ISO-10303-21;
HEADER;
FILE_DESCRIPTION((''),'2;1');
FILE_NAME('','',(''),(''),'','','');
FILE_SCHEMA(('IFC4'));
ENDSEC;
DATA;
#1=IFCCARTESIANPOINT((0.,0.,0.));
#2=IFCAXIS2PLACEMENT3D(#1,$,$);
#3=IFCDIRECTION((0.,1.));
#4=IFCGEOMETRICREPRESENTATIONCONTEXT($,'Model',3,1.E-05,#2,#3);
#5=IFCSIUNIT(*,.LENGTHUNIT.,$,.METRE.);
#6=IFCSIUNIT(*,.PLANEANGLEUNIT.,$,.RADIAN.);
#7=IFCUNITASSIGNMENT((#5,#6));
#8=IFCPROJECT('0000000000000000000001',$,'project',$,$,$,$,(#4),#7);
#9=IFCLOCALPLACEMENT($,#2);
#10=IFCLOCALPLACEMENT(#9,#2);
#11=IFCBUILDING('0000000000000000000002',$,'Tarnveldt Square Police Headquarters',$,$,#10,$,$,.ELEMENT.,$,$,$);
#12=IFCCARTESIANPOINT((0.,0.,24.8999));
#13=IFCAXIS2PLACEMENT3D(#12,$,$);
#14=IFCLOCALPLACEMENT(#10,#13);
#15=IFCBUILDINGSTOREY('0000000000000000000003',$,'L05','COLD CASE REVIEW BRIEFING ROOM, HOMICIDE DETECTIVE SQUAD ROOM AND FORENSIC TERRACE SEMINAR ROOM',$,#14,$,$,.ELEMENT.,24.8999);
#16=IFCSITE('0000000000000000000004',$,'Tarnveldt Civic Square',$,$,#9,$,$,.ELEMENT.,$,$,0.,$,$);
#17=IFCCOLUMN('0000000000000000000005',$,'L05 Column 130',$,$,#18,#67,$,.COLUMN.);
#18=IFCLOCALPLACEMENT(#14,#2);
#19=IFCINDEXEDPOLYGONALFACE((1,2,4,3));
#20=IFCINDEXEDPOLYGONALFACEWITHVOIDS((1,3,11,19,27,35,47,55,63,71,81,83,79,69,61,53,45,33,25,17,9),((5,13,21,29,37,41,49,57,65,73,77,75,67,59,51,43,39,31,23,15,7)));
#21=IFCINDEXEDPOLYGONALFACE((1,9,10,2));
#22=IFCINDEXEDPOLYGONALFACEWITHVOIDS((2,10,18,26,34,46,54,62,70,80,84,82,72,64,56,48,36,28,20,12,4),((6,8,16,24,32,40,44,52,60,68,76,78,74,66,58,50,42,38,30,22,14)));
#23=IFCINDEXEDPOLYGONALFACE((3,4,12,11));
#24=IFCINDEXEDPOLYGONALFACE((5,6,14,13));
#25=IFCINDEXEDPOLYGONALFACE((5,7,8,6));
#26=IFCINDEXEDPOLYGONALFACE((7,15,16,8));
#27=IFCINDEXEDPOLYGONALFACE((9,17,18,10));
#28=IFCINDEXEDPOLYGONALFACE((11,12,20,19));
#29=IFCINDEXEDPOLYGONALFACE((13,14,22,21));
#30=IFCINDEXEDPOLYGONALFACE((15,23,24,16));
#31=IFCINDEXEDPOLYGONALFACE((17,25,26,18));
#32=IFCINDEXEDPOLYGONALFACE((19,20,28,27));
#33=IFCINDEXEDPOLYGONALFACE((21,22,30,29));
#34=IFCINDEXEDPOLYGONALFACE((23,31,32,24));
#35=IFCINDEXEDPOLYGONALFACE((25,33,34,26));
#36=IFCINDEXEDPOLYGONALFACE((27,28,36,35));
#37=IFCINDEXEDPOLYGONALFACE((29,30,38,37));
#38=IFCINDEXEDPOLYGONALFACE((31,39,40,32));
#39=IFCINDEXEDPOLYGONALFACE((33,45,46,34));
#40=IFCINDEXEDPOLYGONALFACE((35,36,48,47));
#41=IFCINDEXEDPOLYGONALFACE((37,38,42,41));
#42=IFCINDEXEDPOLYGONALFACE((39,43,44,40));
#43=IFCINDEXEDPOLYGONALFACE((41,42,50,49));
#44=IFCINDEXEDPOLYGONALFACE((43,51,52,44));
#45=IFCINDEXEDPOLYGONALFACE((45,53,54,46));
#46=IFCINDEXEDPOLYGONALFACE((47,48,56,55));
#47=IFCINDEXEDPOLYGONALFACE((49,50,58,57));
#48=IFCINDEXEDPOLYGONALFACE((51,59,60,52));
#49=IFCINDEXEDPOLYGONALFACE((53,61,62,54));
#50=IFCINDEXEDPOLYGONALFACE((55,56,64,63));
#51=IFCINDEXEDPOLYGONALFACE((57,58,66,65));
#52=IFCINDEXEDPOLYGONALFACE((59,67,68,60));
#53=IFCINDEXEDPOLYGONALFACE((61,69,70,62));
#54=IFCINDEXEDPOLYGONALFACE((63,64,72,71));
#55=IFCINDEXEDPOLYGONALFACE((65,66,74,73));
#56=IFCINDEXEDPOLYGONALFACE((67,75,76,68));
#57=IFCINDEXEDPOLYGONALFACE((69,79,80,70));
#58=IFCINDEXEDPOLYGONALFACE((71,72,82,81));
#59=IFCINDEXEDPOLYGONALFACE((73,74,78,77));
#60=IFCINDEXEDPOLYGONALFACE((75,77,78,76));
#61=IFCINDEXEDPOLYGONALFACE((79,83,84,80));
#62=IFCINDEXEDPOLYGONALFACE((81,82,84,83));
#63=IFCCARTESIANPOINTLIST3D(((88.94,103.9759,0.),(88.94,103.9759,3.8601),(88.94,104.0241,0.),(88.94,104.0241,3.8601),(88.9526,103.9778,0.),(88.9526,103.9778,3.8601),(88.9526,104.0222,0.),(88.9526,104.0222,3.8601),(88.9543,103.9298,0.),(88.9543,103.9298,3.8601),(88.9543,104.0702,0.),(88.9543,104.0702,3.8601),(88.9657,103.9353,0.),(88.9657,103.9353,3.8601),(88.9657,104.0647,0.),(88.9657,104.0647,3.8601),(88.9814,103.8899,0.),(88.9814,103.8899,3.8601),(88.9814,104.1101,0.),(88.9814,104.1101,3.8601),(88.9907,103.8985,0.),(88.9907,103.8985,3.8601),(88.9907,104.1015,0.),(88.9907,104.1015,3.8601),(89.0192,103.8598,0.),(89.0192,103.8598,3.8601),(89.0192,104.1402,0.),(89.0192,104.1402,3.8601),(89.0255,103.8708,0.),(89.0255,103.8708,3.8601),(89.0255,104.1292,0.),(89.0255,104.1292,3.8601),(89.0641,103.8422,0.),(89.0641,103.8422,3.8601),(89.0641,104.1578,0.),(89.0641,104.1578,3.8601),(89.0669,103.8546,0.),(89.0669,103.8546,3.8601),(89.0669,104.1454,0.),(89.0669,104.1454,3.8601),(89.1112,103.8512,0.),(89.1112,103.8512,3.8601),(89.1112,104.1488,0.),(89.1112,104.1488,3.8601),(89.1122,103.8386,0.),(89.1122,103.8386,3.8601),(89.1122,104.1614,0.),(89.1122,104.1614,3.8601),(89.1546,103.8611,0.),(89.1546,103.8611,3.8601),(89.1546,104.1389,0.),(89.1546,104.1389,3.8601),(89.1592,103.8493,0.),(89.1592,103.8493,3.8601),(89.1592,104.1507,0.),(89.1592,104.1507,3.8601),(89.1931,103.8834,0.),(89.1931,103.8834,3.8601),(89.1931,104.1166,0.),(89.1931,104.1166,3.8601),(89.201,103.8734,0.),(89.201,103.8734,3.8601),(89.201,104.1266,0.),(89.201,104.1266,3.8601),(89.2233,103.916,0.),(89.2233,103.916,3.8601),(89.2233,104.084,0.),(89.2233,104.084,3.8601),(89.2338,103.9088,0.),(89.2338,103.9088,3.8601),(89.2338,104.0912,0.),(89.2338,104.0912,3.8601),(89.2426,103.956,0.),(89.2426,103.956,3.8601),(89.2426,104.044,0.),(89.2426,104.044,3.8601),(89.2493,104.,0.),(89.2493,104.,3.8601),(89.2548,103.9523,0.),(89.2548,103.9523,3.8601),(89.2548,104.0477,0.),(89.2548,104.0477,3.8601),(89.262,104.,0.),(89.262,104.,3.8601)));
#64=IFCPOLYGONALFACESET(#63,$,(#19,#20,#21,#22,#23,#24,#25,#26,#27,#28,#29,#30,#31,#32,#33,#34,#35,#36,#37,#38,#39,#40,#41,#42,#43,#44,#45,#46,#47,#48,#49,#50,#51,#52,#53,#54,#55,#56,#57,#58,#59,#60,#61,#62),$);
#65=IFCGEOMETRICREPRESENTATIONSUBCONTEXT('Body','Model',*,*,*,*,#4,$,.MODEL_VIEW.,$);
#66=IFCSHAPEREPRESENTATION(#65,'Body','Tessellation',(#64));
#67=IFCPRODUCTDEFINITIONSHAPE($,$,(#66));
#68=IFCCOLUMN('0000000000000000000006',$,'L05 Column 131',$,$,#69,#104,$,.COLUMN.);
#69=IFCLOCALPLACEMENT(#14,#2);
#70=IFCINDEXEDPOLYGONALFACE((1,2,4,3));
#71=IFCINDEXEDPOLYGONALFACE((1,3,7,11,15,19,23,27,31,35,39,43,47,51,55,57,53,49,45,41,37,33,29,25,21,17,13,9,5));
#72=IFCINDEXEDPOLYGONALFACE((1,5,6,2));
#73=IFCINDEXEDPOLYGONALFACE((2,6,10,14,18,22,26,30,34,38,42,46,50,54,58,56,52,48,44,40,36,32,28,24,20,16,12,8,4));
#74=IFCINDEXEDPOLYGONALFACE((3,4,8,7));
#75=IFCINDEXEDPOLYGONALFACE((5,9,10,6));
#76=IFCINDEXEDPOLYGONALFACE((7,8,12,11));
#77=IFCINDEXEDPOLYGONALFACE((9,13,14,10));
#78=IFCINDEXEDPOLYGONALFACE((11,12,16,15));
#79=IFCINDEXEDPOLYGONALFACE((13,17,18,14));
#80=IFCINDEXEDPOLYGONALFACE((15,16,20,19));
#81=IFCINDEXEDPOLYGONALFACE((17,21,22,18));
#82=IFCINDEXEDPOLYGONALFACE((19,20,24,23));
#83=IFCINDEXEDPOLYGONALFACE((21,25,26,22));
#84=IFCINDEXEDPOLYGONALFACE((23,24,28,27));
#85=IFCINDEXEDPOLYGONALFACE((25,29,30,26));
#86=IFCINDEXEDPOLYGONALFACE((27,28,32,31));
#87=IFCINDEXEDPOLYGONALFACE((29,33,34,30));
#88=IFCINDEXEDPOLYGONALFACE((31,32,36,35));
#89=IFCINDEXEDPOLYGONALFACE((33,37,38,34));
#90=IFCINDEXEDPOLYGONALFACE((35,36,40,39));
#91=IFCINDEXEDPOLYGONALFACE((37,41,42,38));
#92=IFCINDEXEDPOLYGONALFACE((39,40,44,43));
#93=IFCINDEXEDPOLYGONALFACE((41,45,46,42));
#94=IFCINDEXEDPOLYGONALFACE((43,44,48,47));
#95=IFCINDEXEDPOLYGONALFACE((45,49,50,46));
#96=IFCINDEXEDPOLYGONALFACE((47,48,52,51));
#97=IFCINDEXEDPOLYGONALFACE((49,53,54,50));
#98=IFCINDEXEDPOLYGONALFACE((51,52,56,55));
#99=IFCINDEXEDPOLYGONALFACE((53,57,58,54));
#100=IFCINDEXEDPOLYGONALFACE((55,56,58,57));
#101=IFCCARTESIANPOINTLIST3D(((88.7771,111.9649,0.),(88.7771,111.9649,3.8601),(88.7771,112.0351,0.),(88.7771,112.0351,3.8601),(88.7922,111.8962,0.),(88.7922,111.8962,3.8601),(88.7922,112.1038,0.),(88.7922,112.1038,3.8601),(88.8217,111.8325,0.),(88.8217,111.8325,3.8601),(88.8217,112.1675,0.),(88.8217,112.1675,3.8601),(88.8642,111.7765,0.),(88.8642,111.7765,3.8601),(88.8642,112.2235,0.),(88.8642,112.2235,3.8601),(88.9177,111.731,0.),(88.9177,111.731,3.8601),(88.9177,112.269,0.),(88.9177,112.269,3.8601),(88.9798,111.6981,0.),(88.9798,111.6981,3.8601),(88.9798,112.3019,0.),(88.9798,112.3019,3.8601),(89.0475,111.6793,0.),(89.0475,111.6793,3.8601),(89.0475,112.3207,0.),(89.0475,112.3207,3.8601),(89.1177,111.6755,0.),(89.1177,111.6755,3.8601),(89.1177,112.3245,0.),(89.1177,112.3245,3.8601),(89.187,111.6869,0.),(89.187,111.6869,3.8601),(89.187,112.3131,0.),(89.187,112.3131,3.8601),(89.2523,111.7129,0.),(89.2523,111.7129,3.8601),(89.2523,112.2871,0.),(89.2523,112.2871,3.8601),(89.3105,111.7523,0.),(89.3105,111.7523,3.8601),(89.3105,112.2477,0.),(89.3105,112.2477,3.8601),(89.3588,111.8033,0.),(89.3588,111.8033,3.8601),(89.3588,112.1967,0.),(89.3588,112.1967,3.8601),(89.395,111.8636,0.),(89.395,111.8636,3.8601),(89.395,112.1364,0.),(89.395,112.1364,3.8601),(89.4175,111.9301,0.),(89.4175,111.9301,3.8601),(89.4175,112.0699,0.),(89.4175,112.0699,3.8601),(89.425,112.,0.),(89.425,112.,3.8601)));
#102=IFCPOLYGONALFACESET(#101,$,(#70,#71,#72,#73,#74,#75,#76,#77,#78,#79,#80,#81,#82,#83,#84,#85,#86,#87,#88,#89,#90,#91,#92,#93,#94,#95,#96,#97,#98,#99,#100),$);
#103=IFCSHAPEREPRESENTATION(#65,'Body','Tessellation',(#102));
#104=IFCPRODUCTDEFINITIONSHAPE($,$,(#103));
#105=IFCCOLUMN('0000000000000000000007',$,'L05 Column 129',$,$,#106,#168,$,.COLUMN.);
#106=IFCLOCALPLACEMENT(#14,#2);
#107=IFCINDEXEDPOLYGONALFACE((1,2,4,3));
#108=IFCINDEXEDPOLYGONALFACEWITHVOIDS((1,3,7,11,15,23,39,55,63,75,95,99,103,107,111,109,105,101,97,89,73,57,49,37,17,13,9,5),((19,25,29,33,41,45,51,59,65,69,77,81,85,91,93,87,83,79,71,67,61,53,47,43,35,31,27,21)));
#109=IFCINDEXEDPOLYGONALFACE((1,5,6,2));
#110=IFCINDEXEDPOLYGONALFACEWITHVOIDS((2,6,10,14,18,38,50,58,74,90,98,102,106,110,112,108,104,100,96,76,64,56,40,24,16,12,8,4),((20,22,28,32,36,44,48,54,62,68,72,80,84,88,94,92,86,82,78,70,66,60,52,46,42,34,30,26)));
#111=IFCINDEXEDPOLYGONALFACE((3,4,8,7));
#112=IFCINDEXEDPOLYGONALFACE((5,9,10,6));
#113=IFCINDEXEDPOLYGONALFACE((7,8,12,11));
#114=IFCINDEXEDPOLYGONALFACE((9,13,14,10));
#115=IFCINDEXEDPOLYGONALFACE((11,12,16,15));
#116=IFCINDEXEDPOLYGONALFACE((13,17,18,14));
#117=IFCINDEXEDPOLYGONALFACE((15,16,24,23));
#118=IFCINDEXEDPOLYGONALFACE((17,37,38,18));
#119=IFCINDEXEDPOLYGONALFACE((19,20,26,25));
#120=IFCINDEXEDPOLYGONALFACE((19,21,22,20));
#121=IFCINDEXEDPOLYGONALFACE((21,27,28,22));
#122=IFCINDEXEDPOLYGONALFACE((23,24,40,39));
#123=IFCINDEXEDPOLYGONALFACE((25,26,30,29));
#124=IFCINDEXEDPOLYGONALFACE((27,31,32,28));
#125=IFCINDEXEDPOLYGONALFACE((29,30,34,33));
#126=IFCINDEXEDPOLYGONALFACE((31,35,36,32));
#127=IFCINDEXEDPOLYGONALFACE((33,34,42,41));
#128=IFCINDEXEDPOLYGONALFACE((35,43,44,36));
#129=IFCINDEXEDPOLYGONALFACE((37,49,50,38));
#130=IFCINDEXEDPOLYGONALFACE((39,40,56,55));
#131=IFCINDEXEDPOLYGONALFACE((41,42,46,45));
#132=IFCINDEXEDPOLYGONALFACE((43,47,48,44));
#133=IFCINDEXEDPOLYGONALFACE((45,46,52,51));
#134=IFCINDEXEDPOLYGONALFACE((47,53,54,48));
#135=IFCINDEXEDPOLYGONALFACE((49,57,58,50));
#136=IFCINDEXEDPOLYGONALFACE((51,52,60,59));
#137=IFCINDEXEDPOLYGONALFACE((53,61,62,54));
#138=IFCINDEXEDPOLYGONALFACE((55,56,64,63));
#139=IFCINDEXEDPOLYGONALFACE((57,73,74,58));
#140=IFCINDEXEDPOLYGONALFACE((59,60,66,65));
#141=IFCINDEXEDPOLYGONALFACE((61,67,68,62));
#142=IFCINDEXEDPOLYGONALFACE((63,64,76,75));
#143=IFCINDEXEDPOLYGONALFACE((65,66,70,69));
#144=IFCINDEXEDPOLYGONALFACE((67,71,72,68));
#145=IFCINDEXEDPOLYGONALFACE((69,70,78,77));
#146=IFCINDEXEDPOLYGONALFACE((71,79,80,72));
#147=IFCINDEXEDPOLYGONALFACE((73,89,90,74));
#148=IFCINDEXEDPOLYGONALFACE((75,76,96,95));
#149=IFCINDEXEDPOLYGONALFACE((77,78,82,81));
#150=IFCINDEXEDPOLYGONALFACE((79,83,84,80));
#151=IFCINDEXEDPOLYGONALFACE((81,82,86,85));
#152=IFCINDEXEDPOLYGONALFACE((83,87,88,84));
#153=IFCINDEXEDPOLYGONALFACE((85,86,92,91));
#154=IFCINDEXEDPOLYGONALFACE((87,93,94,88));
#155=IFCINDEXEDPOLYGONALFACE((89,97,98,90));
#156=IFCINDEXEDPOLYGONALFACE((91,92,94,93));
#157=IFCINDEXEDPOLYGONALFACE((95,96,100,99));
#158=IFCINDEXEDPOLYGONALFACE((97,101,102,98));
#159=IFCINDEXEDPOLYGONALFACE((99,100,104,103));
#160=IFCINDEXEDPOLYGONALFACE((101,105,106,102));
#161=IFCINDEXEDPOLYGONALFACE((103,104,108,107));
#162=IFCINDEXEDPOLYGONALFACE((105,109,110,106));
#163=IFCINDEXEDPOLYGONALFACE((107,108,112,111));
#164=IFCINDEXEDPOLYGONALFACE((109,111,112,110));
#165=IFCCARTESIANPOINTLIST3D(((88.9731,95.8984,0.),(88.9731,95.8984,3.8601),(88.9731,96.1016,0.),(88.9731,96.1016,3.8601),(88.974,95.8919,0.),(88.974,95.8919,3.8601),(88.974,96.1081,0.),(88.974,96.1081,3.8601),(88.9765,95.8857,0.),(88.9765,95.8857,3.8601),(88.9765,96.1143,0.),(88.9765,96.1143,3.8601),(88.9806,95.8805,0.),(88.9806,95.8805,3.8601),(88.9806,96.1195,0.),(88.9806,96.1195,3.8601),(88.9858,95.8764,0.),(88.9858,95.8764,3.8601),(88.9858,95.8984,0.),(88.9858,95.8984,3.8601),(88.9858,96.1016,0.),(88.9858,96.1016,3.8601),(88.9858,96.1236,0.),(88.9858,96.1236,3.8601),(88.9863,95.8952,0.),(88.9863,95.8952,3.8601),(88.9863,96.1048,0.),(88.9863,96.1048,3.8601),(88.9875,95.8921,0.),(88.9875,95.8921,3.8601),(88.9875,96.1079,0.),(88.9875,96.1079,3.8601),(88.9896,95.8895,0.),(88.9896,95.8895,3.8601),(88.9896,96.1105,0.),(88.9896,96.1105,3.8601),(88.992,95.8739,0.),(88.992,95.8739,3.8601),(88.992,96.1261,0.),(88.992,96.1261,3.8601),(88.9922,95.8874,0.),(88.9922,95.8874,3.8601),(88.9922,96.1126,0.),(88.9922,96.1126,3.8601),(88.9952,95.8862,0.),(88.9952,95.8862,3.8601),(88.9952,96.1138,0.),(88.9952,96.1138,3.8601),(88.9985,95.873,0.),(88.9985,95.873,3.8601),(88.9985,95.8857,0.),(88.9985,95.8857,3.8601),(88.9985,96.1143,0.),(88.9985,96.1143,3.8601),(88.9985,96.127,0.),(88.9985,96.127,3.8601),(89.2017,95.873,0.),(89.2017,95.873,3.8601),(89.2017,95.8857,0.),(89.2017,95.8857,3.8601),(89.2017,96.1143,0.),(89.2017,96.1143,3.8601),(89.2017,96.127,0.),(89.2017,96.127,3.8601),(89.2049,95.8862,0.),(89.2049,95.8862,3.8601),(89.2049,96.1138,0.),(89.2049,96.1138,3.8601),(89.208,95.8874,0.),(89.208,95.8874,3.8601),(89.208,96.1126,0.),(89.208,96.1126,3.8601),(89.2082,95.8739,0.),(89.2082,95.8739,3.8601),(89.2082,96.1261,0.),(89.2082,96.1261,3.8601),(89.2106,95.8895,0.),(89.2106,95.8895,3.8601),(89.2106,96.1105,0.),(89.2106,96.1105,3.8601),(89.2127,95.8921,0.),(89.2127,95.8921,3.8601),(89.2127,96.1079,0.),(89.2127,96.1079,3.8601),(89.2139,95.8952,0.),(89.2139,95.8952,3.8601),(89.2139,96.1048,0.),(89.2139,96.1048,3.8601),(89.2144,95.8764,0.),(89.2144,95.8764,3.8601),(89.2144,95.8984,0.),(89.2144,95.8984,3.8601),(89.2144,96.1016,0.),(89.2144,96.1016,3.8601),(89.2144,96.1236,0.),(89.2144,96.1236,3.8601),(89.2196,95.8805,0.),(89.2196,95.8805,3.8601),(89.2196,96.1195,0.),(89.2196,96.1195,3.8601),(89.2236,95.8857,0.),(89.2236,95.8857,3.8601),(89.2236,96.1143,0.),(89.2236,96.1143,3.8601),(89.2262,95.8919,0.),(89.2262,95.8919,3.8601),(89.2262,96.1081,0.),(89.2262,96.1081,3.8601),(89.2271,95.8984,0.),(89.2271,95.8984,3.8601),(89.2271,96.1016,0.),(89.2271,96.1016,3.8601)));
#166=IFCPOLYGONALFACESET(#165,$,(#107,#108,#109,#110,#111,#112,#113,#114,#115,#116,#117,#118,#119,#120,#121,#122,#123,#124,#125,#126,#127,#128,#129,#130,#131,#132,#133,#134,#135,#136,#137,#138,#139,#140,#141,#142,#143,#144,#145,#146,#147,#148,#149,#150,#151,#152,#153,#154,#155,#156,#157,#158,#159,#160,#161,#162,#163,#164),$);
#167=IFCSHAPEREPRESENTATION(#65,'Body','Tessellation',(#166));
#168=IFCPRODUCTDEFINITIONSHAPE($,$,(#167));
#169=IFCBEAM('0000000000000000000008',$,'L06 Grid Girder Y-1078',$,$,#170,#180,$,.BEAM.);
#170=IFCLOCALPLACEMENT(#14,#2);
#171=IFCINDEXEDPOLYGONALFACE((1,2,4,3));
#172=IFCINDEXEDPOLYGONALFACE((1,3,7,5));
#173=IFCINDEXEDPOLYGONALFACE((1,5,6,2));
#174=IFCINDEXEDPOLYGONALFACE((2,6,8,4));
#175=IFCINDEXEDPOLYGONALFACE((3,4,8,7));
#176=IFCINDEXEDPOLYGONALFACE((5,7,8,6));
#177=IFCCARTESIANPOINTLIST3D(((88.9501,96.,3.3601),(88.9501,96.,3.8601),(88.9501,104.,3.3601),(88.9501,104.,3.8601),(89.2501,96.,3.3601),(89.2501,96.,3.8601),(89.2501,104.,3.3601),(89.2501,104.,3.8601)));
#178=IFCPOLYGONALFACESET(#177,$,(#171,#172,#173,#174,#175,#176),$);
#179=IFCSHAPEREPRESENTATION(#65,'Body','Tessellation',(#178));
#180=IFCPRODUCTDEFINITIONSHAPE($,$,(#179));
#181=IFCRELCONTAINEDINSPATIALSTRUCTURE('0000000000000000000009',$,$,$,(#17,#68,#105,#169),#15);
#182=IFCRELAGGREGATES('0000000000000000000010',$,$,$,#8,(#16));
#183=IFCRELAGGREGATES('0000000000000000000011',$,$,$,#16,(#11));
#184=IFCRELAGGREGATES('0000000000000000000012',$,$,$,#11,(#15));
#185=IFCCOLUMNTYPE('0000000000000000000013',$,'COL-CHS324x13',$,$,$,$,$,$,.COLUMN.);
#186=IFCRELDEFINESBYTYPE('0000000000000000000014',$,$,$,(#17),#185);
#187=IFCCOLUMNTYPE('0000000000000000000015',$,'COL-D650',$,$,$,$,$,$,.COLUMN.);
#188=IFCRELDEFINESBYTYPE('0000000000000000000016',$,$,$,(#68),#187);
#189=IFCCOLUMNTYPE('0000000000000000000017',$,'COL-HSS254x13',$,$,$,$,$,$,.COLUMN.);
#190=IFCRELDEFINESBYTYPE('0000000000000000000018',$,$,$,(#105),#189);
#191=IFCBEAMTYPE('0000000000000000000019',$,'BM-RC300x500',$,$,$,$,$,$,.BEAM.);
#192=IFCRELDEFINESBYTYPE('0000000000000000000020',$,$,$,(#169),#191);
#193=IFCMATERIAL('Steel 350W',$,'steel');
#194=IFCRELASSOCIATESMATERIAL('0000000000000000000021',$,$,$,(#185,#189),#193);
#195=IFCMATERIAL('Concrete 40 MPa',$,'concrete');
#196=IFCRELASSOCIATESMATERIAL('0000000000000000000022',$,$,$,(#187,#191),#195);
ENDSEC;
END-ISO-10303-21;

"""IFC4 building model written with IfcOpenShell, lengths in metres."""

from ifc_helpers import new_model, si_unit, direction, frame, origin, origin_2d, place, context, subcontext, project, spatial, rectangle, hollow_rectangle, circle, hollow_circle, extrude, material, material_profile, profile_set, type_object, element, save


model = new_model("IFC4")

# Units and contexts
model_context = context("Model", 3, precision=1e-05, world=origin(), true_north=direction((0.0, 1.0)))
body_context = subcontext(model_context, "Body", "Model", "MODEL_VIEW")
ifc_project = project(units=[si_unit("LENGTHUNIT", "METRE"), si_unit("PLANEANGLEUNIT", "RADIAN")], contexts=[model_context])

# Site, building, storey
site_placement = place(None, origin())
site = spatial("IfcSite", under=ifc_project, at=site_placement, Name="Tarnveldt Civic Square", CompositionType="ELEMENT", RefElevation=0.0)
building_placement = place(site_placement, origin())
building = spatial("IfcBuilding", under=site, at=building_placement, Name="Tarnveldt Square Police Headquarters", CompositionType="ELEMENT")
storey_placement = place(building_placement, frame((0.0, 0.0, 24.8999)))
storey = spatial("IfcBuildingStorey", under=building, at=storey_placement, Name="L05", Description="COLD CASE REVIEW BRIEFING ROOM, HOMICIDE DETECTIVE SQUAD ROOM AND FORENSIC TERRACE SEMINAR ROOM", CompositionType="ELEMENT", Elevation=24.8999)

# Columns
ifc_material_1 = material(Name="Steel 350W", Category="steel")
ifc_material_profile_1 = material_profile(ifc_material_1, hollow_circle(Radius=0.1619, WallThickness=0.0127, at=origin_2d()), Name="HSS324x13")
ifc_profile_set_1 = profile_set([ifc_material_profile_1], Name="Steel 350W")
column_type_1 = type_object("IfcColumnType", Name="COL-CHS324x13", PredefinedType="COLUMN", material=ifc_profile_set_1)
column_1_placement = place(storey_placement, frame((89.1001, 104.0, 0.0), z_axis=(0.0, 0.0, 1.0), x_axis=(1.0, 0.0, 0.0)))
element("IfcColumn", 1, at=column_1_placement, inside=storey, type_object=column_type_1, Name="L05 Column 130", PredefinedType="COLUMN", context=body_context, shape_type="SweptSolid", body=[
    extrude(hollow_circle(Radius=0.1619, WallThickness=0.0127, at=origin_2d()), origin(), (0.0, 0.0, 1.0), 3.8601),
])
ifc_material_2 = material(Name="Concrete 40 MPa", Category="concrete")
ifc_material_profile_2 = material_profile(ifc_material_2, circle(Radius=0.325, at=origin_2d()), Name="RC-D650")
ifc_profile_set_2 = profile_set([ifc_material_profile_2], Name="Concrete 40 MPa")
column_type_2 = type_object("IfcColumnType", Name="COL-D650", PredefinedType="COLUMN", material=ifc_profile_set_2)
column_2_placement = place(storey_placement, frame((89.1001, 112.0, 0.0), z_axis=(0.0, 0.0, 1.0), x_axis=(1.0, 0.0, 0.0)))
element("IfcColumn", 2, at=column_2_placement, inside=storey, type_object=column_type_2, Name="L05 Column 131", PredefinedType="COLUMN", context=body_context, shape_type="SweptSolid", body=[
    extrude(circle(Radius=0.325, at=origin_2d()), origin(), (0.0, 0.0, 1.0), 3.8601),
])
ifc_material_profile_3 = material_profile(ifc_material_1, hollow_rectangle(XDim=0.2539, YDim=0.2539, WallThickness=0.0127, InnerFilletRadius=0.0127, OuterFilletRadius=0.0254, at=origin_2d()), Name="HSS254x254x13")
ifc_profile_set_3 = profile_set([ifc_material_profile_3], Name="Steel 350W")
column_type_3 = type_object("IfcColumnType", Name="COL-HSS254x13", PredefinedType="COLUMN", material=ifc_profile_set_3)
column_3_placement = place(storey_placement, frame((89.1001, 96.0, 0.0), z_axis=(0.0, 0.0, 1.0), x_axis=(1.0, 0.0, 0.0)))
element("IfcColumn", 3, at=column_3_placement, inside=storey, type_object=column_type_3, Name="L05 Column 129", PredefinedType="COLUMN", context=body_context, shape_type="SweptSolid", body=[
    extrude(hollow_rectangle(XDim=0.2539, YDim=0.2539, WallThickness=0.0127, InnerFilletRadius=0.0127, OuterFilletRadius=0.0254, at=origin_2d()), origin(), (0.0, 0.0, 1.0), 3.8601),
])

# Beam
ifc_material_profile_4 = material_profile(ifc_material_2, rectangle(XDim=0.3, YDim=0.5, at=origin_2d()), Name="RC-B300x500")
ifc_profile_set_4 = profile_set([ifc_material_profile_4], Name="Concrete 40 MPa")
beam_type_1 = type_object("IfcBeamType", Name="BM-RC300x500", PredefinedType="BEAM", material=ifc_profile_set_4)
beam_1_placement = place(storey_placement, frame((89.1001, 96.0, 3.6101), z_axis=(0.0, 1.0, 0.0), x_axis=(-1.0, 0.0, 0.0)))
element("IfcBeam", 4, at=beam_1_placement, inside=storey, type_object=beam_type_1, Name="L06 Grid Girder Y-1078", PredefinedType="BEAM", context=body_context, shape_type="SweptSolid", body=[
    extrude(rectangle(XDim=0.3, YDim=0.5, at=origin_2d()), origin(), (0.0, 0.0, 1.0), 8.0),
])

save(model, "model.ifc")
